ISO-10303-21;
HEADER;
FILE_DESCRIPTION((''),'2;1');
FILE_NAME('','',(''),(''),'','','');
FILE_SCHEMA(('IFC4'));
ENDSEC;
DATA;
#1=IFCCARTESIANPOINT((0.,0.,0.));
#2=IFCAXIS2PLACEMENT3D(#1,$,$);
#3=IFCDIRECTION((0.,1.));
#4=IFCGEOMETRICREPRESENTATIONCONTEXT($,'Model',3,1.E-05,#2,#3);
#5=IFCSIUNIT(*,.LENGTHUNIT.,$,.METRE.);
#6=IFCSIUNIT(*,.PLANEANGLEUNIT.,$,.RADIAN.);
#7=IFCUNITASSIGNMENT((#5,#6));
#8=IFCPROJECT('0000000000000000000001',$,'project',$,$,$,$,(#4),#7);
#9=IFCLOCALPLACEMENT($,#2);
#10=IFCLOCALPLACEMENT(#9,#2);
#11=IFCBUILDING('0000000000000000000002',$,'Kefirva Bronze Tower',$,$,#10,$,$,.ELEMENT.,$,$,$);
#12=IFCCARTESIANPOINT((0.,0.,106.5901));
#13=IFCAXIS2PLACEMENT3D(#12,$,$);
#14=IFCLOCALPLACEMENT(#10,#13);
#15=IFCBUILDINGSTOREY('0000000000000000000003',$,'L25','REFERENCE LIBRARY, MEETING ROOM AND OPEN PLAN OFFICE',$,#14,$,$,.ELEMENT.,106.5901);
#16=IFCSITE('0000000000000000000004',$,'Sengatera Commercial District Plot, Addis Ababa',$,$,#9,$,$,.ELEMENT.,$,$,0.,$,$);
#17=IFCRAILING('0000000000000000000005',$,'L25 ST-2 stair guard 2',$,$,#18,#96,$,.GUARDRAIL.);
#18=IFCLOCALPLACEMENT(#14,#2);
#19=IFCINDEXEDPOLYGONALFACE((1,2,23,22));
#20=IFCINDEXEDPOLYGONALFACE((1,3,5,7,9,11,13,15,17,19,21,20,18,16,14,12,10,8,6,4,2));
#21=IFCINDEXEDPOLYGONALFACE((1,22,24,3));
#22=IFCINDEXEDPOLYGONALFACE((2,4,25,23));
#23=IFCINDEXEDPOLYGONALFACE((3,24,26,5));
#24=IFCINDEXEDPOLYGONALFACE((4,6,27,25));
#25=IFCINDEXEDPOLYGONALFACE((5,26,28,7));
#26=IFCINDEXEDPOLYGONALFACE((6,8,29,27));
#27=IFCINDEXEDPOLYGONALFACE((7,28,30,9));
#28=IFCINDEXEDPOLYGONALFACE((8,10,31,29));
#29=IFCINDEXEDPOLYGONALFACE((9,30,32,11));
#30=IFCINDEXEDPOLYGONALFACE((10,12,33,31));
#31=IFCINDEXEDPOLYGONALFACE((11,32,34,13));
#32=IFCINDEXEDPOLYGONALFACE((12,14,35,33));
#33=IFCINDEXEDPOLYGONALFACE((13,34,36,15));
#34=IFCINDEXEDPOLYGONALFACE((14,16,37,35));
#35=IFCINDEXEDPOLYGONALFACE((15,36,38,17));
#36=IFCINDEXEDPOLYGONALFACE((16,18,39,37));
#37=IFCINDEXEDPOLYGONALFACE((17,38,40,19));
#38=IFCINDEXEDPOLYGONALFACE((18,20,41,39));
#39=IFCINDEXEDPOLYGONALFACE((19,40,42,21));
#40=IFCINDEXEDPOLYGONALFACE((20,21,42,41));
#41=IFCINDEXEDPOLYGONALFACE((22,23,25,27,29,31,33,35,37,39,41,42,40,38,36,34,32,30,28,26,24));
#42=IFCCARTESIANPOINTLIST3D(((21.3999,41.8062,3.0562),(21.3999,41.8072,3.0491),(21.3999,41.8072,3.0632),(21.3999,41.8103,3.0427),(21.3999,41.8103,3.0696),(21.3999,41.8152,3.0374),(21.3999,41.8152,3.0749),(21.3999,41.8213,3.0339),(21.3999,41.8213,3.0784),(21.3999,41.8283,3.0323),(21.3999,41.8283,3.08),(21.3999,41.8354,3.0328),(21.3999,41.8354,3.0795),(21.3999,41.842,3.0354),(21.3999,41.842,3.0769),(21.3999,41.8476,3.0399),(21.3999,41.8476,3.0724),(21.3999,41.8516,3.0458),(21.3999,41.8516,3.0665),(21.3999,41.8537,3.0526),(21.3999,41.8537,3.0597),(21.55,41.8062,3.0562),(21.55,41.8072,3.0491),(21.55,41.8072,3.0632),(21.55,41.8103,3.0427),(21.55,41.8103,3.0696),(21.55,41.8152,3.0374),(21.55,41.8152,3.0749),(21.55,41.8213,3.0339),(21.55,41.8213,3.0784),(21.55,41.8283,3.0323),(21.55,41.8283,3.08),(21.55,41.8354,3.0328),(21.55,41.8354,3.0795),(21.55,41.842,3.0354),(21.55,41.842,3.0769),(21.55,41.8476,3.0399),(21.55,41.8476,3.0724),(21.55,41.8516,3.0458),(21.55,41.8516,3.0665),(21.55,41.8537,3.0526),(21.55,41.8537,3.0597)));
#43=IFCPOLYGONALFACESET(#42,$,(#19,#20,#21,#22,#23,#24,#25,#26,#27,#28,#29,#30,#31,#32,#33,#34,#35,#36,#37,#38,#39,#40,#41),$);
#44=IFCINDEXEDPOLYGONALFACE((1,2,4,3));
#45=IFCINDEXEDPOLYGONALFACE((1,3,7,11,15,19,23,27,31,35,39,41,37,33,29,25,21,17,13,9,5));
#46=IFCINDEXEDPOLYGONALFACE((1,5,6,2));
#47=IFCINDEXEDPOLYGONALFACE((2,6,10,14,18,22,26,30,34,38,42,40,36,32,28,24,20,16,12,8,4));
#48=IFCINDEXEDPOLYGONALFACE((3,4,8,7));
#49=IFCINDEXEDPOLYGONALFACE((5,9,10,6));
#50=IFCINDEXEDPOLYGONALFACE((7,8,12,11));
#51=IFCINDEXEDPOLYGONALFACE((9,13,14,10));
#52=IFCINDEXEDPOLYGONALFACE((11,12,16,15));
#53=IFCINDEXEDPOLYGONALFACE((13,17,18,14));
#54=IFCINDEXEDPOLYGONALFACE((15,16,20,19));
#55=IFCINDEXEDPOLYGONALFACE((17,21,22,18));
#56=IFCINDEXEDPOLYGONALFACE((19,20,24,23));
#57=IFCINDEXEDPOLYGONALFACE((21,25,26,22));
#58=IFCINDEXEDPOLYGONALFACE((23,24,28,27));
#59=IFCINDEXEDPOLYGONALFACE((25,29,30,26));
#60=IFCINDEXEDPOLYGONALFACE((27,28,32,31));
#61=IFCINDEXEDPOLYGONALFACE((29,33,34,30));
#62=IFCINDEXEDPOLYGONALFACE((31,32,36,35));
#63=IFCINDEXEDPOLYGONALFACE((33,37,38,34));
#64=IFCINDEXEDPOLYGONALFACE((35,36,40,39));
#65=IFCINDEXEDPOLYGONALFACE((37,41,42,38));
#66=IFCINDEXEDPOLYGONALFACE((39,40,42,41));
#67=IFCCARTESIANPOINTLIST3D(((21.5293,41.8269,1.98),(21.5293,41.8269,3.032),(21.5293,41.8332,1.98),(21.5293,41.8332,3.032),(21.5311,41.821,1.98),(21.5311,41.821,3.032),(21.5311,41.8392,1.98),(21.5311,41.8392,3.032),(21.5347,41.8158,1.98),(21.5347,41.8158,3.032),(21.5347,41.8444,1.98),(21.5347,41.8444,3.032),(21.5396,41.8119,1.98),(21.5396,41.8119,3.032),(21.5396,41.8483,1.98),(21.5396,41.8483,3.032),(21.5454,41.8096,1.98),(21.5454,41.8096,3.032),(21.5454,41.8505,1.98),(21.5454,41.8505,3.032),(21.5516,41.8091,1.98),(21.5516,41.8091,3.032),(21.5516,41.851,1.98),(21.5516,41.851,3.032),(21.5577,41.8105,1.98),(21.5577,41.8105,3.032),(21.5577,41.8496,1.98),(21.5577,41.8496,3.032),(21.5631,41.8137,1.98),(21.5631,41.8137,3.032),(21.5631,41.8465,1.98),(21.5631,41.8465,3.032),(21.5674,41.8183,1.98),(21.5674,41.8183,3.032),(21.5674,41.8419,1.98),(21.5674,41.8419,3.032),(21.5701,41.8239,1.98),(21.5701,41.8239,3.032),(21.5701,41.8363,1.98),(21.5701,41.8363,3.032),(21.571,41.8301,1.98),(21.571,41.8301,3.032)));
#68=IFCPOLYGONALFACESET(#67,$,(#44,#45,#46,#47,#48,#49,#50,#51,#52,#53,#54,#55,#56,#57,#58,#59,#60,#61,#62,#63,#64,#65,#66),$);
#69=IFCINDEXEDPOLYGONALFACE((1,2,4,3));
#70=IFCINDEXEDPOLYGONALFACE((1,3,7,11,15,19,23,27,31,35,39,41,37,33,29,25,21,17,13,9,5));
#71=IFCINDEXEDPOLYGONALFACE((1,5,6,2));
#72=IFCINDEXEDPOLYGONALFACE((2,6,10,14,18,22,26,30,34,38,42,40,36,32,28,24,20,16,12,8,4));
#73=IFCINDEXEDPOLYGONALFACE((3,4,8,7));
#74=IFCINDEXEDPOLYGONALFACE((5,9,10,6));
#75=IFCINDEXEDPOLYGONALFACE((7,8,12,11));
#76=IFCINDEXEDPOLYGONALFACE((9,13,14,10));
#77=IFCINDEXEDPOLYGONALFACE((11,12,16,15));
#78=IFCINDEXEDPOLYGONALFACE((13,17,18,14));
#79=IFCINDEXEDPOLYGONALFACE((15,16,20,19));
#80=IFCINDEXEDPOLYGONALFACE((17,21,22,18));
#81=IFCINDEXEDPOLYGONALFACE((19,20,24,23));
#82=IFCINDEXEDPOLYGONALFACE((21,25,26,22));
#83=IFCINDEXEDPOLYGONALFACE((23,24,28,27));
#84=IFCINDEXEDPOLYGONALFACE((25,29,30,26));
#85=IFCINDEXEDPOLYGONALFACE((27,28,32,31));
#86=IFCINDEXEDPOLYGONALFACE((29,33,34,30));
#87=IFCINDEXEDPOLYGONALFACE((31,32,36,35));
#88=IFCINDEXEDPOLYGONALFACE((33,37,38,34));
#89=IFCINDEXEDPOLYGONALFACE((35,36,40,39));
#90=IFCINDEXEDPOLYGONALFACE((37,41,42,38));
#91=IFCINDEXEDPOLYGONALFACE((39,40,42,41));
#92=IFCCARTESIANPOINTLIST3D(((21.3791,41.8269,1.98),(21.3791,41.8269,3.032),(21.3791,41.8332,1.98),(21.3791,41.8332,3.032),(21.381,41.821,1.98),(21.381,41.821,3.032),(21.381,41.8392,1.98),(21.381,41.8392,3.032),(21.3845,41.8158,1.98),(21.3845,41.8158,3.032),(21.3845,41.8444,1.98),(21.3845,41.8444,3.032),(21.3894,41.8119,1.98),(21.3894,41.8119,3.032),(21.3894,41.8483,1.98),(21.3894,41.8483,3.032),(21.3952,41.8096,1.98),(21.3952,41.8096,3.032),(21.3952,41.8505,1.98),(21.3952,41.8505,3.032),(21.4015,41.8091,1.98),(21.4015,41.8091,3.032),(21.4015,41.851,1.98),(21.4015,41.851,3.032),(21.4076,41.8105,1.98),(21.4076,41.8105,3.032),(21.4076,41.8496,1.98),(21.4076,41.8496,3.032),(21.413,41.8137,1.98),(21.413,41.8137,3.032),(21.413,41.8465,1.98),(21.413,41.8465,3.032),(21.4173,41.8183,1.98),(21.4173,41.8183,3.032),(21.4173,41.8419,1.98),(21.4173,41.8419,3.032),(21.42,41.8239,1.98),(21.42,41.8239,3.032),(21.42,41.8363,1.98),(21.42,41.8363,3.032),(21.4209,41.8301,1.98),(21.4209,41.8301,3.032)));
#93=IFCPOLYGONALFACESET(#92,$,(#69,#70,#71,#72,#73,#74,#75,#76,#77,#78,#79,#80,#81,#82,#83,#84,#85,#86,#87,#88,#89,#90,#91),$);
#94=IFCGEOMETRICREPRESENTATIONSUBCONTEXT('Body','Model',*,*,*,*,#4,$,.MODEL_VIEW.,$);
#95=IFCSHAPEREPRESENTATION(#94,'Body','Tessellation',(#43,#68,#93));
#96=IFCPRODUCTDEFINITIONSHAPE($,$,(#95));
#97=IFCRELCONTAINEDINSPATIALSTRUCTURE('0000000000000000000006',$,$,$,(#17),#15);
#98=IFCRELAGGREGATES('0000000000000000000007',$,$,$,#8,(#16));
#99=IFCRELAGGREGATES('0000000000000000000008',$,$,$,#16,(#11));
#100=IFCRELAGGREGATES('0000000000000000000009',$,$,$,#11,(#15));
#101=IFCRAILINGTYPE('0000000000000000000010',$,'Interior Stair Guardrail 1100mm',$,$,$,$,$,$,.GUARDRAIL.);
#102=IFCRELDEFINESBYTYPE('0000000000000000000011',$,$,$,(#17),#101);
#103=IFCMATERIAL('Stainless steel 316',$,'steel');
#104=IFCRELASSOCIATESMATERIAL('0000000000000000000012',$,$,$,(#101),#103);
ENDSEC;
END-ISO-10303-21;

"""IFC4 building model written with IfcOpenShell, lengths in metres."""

from ifc_helpers import new_model, si_unit, direction, frame, origin, origin_2d, place, context, subcontext, project, spatial, circle, extrude, material, type_object, element, save


model = new_model("IFC4")

# Units and contexts
model_context = context("Model", 3, precision=1e-05, world=origin(), true_north=direction((0.0, 1.0)))
body_context = subcontext(model_context, "Body", "Model", "MODEL_VIEW")
ifc_project = project(units=[si_unit("LENGTHUNIT", "METRE"), si_unit("PLANEANGLEUNIT", "RADIAN")], contexts=[model_context])

# Site, building, storey
site_placement = place(None, origin())
site = spatial("IfcSite", under=ifc_project, at=site_placement, Name="Sengatera Commercial District Plot, Addis Ababa", CompositionType="ELEMENT", RefElevation=0.0)
building_placement = place(site_placement, origin())
building = spatial("IfcBuilding", under=site, at=building_placement, Name="Kefirva Bronze Tower", CompositionType="ELEMENT")
storey_placement = place(building_placement, frame((0.0, 0.0, 106.5901)))
storey = spatial("IfcBuildingStorey", under=building, at=storey_placement, Name="L25", Description="REFERENCE LIBRARY, MEETING ROOM AND OPEN PLAN OFFICE", CompositionType="ELEMENT", Elevation=106.5901)

# Railing
ifc_material_1 = material(Name="Stainless steel 316", Category="steel")
railing_type_1 = type_object("IfcRailingType", Name="Interior Stair Guardrail 1100mm", PredefinedType="GUARDRAIL", material=ifc_material_1)
railing_1_placement = place(storey_placement, frame((21.55, 41.8301, 1.98)))
element("IfcRailing", 1, at=railing_1_placement, inside=storey, type_object=railing_type_1, Name="L25 ST-2 stair guard 2", PredefinedType="GUARDRAIL", context=body_context, shape_type="SweptSolid", body=[
    extrude(circle(Radius=0.0239, at=origin_2d()), frame((0.0, 0.0, 1.0762), z_axis=(-1.0, 0.0, 0.0), x_axis=(0.0, -1.0, 0.0)), (0.0, 0.0, 1.0), 0.1501),
    extrude(circle(Radius=0.021, at=origin_2d()), origin(), (0.0, 0.0, 1.0), 1.052),
    extrude(circle(Radius=0.021, at=origin_2d()), frame((-0.1501, 0.0, 0.0)), (0.0, 0.0, 1.0), 1.052),
])

save(model, "model.ifc")
